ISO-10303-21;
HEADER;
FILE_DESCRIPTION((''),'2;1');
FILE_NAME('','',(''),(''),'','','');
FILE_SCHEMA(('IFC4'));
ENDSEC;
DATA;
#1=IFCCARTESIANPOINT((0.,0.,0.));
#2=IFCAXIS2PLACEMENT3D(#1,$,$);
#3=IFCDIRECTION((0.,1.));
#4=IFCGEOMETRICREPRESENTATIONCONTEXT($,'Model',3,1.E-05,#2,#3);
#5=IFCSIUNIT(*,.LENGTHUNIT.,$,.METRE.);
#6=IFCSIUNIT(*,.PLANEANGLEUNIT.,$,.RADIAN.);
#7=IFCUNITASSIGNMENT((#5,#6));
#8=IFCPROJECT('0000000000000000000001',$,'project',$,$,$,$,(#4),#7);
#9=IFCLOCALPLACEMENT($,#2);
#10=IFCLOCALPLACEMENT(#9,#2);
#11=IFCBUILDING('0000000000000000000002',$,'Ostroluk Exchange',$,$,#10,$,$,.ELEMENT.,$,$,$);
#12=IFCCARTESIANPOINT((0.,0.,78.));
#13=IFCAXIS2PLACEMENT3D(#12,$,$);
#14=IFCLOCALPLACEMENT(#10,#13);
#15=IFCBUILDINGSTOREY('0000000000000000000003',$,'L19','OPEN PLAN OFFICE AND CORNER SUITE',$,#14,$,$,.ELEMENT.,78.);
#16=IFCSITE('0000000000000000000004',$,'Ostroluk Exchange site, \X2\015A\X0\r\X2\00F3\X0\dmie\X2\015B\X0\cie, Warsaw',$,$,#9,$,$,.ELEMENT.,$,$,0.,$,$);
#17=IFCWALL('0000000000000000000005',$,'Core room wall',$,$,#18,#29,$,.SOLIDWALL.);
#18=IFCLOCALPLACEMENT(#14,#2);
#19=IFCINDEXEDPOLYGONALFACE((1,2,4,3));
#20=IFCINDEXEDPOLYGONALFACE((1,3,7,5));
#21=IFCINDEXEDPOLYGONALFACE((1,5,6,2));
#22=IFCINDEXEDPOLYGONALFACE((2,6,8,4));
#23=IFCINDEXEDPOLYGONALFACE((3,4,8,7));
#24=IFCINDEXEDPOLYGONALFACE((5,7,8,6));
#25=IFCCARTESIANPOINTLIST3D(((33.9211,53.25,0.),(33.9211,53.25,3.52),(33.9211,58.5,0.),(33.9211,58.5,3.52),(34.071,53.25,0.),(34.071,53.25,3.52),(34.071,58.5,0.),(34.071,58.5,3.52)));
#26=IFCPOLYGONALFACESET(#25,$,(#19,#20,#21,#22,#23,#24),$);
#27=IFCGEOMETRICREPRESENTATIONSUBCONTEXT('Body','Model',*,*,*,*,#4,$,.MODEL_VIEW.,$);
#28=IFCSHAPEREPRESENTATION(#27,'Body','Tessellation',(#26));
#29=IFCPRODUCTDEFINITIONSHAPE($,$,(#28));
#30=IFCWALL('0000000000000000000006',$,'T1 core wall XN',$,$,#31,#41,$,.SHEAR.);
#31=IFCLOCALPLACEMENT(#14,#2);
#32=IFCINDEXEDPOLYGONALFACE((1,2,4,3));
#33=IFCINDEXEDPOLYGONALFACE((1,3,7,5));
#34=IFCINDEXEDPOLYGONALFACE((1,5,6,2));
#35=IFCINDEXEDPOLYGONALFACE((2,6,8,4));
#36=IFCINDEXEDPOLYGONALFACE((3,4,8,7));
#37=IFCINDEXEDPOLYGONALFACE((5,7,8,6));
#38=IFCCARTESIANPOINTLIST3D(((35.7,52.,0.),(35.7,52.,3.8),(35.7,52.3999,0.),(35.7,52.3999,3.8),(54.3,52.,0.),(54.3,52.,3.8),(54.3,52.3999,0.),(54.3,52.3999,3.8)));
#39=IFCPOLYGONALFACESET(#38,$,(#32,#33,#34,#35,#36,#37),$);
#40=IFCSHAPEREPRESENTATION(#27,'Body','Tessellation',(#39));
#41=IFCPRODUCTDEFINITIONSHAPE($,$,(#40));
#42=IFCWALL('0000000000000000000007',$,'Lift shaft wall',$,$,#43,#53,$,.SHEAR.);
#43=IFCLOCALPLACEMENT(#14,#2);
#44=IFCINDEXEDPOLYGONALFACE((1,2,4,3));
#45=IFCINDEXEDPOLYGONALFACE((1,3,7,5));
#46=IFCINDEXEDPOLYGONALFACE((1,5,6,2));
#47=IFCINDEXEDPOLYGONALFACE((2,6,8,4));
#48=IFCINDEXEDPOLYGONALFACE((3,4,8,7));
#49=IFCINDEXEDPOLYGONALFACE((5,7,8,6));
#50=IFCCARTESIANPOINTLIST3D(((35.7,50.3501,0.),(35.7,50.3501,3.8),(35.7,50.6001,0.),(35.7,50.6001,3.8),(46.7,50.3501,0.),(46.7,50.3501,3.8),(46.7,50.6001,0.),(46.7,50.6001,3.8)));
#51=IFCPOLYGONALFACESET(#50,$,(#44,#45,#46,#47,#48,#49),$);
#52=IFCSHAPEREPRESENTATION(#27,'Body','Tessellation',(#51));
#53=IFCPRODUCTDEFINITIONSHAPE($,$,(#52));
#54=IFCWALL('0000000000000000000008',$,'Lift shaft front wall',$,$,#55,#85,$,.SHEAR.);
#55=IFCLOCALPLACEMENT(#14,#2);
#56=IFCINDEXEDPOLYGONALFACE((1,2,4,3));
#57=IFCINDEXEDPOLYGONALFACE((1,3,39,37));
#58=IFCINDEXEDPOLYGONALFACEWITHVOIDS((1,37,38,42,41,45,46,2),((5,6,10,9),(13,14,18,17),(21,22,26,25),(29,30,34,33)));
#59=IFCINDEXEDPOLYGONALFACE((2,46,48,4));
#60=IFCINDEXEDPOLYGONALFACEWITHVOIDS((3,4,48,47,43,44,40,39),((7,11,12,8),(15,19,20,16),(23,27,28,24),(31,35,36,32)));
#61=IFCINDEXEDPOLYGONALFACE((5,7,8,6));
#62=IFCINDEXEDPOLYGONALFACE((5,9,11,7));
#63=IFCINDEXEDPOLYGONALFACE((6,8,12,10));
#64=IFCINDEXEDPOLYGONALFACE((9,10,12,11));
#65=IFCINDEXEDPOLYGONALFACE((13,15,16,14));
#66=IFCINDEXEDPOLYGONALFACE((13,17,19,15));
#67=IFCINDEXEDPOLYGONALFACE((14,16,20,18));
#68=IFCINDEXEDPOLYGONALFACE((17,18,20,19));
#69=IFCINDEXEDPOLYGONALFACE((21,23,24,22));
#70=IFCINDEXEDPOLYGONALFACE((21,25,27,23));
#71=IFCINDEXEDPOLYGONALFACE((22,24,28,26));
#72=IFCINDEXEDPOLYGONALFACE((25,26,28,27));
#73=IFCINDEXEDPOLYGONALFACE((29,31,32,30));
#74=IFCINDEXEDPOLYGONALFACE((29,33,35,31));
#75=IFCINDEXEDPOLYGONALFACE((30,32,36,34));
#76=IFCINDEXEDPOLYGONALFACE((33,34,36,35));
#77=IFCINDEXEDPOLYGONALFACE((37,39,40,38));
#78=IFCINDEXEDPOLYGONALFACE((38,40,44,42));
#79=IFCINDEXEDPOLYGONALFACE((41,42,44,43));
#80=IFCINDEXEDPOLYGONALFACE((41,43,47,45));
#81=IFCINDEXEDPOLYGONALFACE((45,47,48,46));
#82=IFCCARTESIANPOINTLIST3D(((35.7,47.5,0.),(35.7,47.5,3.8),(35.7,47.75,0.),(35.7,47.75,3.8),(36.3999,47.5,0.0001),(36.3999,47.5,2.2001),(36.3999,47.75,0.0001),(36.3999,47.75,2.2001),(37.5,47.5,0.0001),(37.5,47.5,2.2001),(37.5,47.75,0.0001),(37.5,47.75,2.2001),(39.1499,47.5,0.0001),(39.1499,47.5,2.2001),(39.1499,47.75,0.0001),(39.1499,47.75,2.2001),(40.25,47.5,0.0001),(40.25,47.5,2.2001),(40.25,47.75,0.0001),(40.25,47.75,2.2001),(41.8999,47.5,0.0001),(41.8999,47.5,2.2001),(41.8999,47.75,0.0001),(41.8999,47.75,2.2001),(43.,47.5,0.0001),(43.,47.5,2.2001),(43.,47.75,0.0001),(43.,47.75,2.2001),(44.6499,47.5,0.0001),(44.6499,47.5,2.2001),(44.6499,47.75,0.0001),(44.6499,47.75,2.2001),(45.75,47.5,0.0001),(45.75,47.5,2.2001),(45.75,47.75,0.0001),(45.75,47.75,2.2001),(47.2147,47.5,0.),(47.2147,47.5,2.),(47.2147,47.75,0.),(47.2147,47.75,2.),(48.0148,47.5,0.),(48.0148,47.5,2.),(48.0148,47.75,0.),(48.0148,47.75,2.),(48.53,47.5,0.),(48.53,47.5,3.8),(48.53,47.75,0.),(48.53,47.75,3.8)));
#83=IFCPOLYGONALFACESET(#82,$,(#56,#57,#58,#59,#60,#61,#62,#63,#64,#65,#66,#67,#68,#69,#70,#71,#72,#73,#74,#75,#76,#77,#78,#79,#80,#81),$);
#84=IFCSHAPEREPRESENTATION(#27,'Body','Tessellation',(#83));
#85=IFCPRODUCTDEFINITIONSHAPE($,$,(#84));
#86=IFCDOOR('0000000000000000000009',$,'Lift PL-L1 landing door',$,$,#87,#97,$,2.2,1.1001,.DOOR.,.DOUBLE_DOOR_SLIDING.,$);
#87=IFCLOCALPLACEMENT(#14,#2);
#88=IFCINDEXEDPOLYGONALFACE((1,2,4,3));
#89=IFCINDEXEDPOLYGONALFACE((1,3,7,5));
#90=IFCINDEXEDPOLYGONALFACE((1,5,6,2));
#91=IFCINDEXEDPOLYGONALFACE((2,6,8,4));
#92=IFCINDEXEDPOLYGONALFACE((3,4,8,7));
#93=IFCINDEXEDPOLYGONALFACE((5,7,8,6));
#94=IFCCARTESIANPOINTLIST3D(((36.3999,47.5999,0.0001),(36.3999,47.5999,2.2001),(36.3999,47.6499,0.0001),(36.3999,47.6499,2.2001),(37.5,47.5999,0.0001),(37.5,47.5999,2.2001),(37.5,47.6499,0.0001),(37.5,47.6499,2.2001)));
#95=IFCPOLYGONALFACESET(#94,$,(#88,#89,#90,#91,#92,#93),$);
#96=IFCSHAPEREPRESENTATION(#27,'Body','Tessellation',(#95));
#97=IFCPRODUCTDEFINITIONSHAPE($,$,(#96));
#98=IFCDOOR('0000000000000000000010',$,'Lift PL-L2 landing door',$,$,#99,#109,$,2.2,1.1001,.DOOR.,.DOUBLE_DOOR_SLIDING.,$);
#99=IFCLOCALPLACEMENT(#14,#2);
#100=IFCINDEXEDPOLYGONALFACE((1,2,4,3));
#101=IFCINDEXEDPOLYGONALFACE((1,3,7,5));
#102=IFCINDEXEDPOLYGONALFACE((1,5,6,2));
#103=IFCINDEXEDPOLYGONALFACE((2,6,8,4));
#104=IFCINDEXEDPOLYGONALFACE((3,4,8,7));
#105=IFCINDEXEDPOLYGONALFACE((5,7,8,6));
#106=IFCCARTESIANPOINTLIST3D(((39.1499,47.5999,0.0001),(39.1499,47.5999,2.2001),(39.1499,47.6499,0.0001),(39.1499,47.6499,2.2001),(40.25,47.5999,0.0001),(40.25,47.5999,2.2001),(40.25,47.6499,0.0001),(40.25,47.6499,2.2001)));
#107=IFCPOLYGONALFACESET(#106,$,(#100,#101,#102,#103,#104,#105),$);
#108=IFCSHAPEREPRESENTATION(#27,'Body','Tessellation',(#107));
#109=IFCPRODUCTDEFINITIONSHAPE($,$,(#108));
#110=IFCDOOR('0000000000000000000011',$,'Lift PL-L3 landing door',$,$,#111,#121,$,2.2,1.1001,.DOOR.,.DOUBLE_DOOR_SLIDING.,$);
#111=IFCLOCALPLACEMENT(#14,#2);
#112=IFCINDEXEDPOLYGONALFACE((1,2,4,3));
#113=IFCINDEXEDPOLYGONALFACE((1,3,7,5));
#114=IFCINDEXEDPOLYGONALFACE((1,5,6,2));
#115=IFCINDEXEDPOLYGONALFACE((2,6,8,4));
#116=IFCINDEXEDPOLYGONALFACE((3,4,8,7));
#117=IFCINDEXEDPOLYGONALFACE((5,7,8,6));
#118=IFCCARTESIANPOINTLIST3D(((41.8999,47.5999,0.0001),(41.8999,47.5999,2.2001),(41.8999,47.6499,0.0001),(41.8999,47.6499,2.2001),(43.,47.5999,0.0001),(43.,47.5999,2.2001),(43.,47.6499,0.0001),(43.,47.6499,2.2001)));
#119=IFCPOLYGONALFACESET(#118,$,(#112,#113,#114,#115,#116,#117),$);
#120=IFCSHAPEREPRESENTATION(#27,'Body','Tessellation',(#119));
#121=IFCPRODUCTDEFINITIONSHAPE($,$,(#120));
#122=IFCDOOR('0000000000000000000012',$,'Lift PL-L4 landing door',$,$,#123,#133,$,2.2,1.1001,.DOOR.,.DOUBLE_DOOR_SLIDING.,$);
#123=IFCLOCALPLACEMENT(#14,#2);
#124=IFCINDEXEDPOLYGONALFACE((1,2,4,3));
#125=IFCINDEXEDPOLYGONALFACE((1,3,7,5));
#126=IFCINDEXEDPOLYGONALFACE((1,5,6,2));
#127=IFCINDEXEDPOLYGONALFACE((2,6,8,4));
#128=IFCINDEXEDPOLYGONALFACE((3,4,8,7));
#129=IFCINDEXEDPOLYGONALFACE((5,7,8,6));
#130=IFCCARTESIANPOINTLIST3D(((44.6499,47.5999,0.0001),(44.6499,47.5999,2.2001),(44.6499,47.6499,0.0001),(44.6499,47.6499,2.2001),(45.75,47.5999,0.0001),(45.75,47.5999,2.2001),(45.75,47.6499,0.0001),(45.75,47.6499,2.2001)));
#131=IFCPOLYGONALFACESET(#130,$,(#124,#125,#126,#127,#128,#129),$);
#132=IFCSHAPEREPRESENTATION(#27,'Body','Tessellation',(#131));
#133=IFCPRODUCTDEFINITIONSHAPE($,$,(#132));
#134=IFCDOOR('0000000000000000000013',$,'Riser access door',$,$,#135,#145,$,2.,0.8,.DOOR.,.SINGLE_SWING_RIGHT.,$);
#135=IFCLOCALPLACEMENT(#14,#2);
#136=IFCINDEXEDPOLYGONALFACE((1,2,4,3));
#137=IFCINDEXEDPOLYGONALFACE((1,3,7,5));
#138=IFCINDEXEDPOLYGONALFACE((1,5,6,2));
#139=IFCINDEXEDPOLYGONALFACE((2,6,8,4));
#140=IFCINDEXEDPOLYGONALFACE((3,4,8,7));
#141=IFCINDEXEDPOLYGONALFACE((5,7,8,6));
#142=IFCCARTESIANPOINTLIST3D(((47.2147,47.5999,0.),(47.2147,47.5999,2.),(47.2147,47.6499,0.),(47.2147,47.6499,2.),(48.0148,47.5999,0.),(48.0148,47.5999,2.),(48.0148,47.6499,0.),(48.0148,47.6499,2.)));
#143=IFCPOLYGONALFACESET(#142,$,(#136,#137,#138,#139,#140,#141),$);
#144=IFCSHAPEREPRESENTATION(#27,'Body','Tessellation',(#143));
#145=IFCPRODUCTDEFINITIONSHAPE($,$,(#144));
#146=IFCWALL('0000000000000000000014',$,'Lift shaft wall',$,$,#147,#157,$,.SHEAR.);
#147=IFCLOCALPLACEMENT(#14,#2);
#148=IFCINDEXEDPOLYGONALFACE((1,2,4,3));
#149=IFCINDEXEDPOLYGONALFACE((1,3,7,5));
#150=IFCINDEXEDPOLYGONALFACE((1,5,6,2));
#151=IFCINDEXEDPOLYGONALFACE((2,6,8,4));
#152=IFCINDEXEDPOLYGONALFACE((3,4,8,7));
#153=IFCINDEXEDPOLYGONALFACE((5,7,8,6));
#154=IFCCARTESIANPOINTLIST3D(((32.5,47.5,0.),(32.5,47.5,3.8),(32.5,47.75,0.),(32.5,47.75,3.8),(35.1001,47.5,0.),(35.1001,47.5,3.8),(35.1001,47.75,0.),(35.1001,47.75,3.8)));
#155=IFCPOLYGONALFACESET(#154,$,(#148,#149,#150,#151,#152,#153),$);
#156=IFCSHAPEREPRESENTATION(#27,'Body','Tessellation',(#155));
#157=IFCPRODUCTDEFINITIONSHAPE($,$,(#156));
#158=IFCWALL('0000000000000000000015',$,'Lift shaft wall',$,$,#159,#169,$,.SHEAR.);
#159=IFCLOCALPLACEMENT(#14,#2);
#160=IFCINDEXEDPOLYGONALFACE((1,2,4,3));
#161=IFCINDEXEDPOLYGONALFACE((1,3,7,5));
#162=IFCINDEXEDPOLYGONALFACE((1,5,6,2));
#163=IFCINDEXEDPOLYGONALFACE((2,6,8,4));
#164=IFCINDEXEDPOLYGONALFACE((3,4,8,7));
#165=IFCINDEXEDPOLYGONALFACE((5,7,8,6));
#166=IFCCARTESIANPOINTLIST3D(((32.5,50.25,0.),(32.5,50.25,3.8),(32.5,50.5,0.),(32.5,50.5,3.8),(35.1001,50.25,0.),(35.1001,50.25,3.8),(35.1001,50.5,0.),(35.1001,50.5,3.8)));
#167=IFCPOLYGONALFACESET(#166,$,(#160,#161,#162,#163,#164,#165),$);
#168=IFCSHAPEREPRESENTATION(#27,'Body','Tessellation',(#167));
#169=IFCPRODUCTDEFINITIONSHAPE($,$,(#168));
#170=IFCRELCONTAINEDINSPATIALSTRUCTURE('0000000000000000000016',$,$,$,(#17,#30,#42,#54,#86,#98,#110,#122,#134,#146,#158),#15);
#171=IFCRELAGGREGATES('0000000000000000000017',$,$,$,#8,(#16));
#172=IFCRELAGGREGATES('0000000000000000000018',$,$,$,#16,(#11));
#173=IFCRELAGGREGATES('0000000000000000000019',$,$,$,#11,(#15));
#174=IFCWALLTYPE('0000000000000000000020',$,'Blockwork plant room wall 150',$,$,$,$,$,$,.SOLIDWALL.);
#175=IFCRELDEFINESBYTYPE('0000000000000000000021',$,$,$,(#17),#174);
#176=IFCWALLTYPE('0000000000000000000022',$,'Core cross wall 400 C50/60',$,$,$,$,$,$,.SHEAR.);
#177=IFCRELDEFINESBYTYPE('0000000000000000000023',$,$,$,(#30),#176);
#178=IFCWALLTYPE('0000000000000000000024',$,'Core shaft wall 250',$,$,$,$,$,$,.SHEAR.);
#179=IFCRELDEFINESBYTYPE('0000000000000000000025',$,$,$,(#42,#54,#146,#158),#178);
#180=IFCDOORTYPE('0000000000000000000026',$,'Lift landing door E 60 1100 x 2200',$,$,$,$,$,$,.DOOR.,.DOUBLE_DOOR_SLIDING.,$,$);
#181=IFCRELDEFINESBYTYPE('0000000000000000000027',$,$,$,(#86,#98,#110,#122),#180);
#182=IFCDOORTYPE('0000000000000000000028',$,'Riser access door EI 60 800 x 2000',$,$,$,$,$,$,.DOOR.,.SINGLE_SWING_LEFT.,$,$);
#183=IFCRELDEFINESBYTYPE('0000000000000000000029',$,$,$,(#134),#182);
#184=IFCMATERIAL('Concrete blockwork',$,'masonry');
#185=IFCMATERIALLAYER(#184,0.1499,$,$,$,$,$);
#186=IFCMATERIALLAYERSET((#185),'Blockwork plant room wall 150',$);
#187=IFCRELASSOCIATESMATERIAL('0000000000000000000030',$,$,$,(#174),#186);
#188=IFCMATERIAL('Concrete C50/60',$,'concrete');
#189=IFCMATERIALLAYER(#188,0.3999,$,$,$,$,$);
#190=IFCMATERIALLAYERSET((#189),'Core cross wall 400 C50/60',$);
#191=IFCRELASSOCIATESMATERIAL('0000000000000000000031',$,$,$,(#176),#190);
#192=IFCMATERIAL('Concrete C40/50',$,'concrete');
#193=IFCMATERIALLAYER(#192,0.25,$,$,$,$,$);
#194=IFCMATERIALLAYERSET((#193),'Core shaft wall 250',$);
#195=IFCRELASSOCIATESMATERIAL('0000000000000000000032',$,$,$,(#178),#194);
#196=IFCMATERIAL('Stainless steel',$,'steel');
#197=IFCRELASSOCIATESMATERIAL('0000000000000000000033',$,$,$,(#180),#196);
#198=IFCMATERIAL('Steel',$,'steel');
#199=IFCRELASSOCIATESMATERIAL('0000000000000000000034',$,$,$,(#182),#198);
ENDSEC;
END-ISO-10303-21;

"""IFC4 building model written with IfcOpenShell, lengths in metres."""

from ifc_helpers import new_model, si_unit, direction, frame, frame_2d, origin, place, context, subcontext, project, spatial, rectangle, extrude, material, layer, layer_set, type_object, element, fill, save


model = new_model("IFC4")

# Units and contexts
model_context = context("Model", 3, precision=1e-05, world=origin(), true_north=direction((0.0, 1.0)))
body_context = subcontext(model_context, "Body", "Model", "MODEL_VIEW")
ifc_project = project(units=[si_unit("LENGTHUNIT", "METRE"), si_unit("PLANEANGLEUNIT", "RADIAN")], contexts=[model_context])

# Site, building, storey
site_placement = place(None, origin())
site = spatial("IfcSite", under=ifc_project, at=site_placement, Name="Ostroluk Exchange site, Śródmieście, Warsaw", CompositionType="ELEMENT", RefElevation=0.0)
building_placement = place(site_placement, origin())
building = spatial("IfcBuilding", under=site, at=building_placement, Name="Ostroluk Exchange", CompositionType="ELEMENT")
storey_placement = place(building_placement, frame((0.0, 0.0, 78.0)))
storey = spatial("IfcBuildingStorey", under=building, at=storey_placement, Name="L19", Description="OPEN PLAN OFFICE AND CORNER SUITE", CompositionType="ELEMENT", Elevation=78.0)

# Walls
ifc_material_1 = material(Name="Concrete blockwork", Category="masonry")
ifc_layer_1 = layer(ifc_material_1, 0.1499)
ifc_layer_set_1 = layer_set([ifc_layer_1], Name="Blockwork plant room wall 150")
wall_type_1 = type_object("IfcWallType", Name="Blockwork plant room wall 150", PredefinedType="SOLIDWALL", material=ifc_layer_set_1)
wall_1_placement = place(storey_placement, frame((33.9961, 53.25, 0.0), z_axis=(0.0, 0.0, 1.0), x_axis=(0.0, 1.0, 0.0)))
element("IfcWall", 1, at=wall_1_placement, inside=storey, type_object=wall_type_1, Name="Core room wall", PredefinedType="SOLIDWALL", context=body_context, shape_type="SweptSolid", body=[
    extrude(rectangle(XDim=5.25, YDim=0.1499, at=frame_2d((2.625, 0.0))), origin(), (0.0, 0.0, 1.0), 3.52),
])
ifc_material_2 = material(Name="Concrete C50/60", Category="concrete")
ifc_layer_2 = layer(ifc_material_2, 0.3999)
ifc_layer_set_2 = layer_set([ifc_layer_2], Name="Core cross wall 400 C50/60")
wall_type_2 = type_object("IfcWallType", Name="Core cross wall 400 C50/60", PredefinedType="SHEAR", material=ifc_layer_set_2)
wall_2_placement = place(storey_placement, frame((35.7, 52.2, 0.0), z_axis=(0.0, 0.0, 1.0), x_axis=(1.0, 0.0, 0.0)))
element("IfcWall", 2, at=wall_2_placement, inside=storey, type_object=wall_type_2, Name="T1 core wall XN", PredefinedType="SHEAR", context=body_context, shape_type="SweptSolid", body=[
    extrude(rectangle(XDim=18.6001, YDim=0.3999, at=frame_2d((9.3, 0.0))), origin(), (0.0, 0.0, 1.0), 3.8),
])
ifc_material_3 = material(Name="Concrete C40/50", Category="concrete")
ifc_layer_3 = layer(ifc_material_3, 0.25)
ifc_layer_set_3 = layer_set([ifc_layer_3], Name="Core shaft wall 250")
wall_type_3 = type_object("IfcWallType", Name="Core shaft wall 250", PredefinedType="SHEAR", material=ifc_layer_set_3)
wall_3_placement = place(storey_placement, frame((35.7, 50.4751, 0.0), z_axis=(0.0, 0.0, 1.0), x_axis=(1.0, 0.0, 0.0)))
element("IfcWall", 3, at=wall_3_placement, inside=storey, type_object=wall_type_3, Name="Lift shaft wall", PredefinedType="SHEAR", context=body_context, shape_type="SweptSolid", body=[
    extrude(rectangle(XDim=11.0, YDim=0.25, at=frame_2d((5.5, 0.0))), origin(), (0.0, 0.0, 1.0), 3.8),
])

# Wall, openings, doors
wall_4_placement = place(storey_placement, frame((35.7, 47.625, 0.0), z_axis=(0.0, 0.0, 1.0), x_axis=(1.0, 0.0, 0.0)))
wall_4 = element("IfcWall", 4, at=wall_4_placement, inside=storey, type_object=wall_type_3, Name="Lift shaft front wall", PredefinedType="SHEAR", context=body_context, shape_type="SweptSolid", body=[
    extrude(rectangle(XDim=12.8301, YDim=0.25, at=frame_2d((6.415, 0.0))), origin(), (0.0, 0.0, 1.0), 3.8),
])
opening_1_placement = place(wall_4_placement, frame((0.7, 0.0, 0.0)))
opening_1 = element("IfcOpeningElement", 5, at=opening_1_placement, cuts=wall_4, PredefinedType="OPENING", context=body_context, shape_type="SweptSolid", body=[
    extrude(rectangle(XDim=1.1001, YDim=2.2, at=frame_2d((0.55, 1.1001))), frame((0.0, 0.135, 0.0), z_axis=(0.0, -1.0, 0.0), x_axis=(1.0, 0.0, 0.0)), (0.0, 0.0, 1.0), 0.27),
])
opening_2_placement = place(wall_4_placement, frame((3.45, 0.0, 0.0)))
opening_2 = element("IfcOpeningElement", 6, at=opening_2_placement, cuts=wall_4, PredefinedType="OPENING", context=body_context, shape_type="SweptSolid", body=[
    extrude(rectangle(XDim=1.1001, YDim=2.2, at=frame_2d((0.55, 1.1001))), frame((0.0, 0.135, 0.0), z_axis=(0.0, -1.0, 0.0), x_axis=(1.0, 0.0, 0.0)), (0.0, 0.0, 1.0), 0.27),
])
opening_3_placement = place(wall_4_placement, frame((6.2, 0.0, 0.0)))
opening_3 = element("IfcOpeningElement", 7, at=opening_3_placement, cuts=wall_4, PredefinedType="OPENING", context=body_context, shape_type="SweptSolid", body=[
    extrude(rectangle(XDim=1.1001, YDim=2.2, at=frame_2d((0.55, 1.1001))), frame((0.0, 0.135, 0.0), z_axis=(0.0, -1.0, 0.0), x_axis=(1.0, 0.0, 0.0)), (0.0, 0.0, 1.0), 0.27),
])
opening_4_placement = place(wall_4_placement, frame((8.95, 0.0, 0.0)))
opening_4 = element("IfcOpeningElement", 8, at=opening_4_placement, cuts=wall_4, PredefinedType="OPENING", context=body_context, shape_type="SweptSolid", body=[
    extrude(rectangle(XDim=1.1001, YDim=2.2, at=frame_2d((0.55, 1.1001))), frame((0.0, 0.135, 0.0), z_axis=(0.0, -1.0, 0.0), x_axis=(1.0, 0.0, 0.0)), (0.0, 0.0, 1.0), 0.27),
])
opening_5_placement = place(wall_4_placement, frame((11.5149, 0.0, 0.0)))
opening_5 = element("IfcOpeningElement", 9, at=opening_5_placement, cuts=wall_4, PredefinedType="OPENING", context=body_context, shape_type="SweptSolid", body=[
    extrude(rectangle(XDim=0.8, YDim=2.0, at=frame_2d((0.3999, 1.0))), frame((0.0, 0.135, 0.0), z_axis=(0.0, -1.0, 0.0), x_axis=(1.0, 0.0, 0.0)), (0.0, 0.0, 1.0), 0.27),
])
ifc_material_4 = material(Name="Stainless steel", Category="steel")
door_type_1 = type_object("IfcDoorType", Name="Lift landing door E 60 1100 x 2200", OperationType="DOUBLE_DOOR_SLIDING", PredefinedType="DOOR", material=ifc_material_4)
door_1_placement = place(opening_1_placement, origin())
door_1 = element("IfcDoor", 10, at=door_1_placement, inside=storey, type_object=door_type_1, Name="Lift PL-L1 landing door", OperationType="DOUBLE_DOOR_SLIDING", OverallHeight=2.2, OverallWidth=1.1001, PredefinedType="DOOR", context=body_context, shape_type="SweptSolid", body=[
    extrude(rectangle(XDim=1.1001, YDim=2.2, at=frame_2d((0.55, 1.1001))), frame((0.0, 0.0249, 0.0), z_axis=(0.0, -1.0, 0.0), x_axis=(1.0, 0.0, 0.0)), (0.0, 0.0, 1.0), 0.05),
])
fill(opening_1, door_1)
door_2_placement = place(opening_2_placement, origin())
door_2 = element("IfcDoor", 11, at=door_2_placement, inside=storey, type_object=door_type_1, Name="Lift PL-L2 landing door", OperationType="DOUBLE_DOOR_SLIDING", OverallHeight=2.2, OverallWidth=1.1001, PredefinedType="DOOR", context=body_context, shape_type="SweptSolid", body=[
    extrude(rectangle(XDim=1.1001, YDim=2.2, at=frame_2d((0.55, 1.1001))), frame((0.0, 0.0249, 0.0), z_axis=(0.0, -1.0, 0.0), x_axis=(1.0, 0.0, 0.0)), (0.0, 0.0, 1.0), 0.05),
])
fill(opening_2, door_2)
door_3_placement = place(opening_3_placement, origin())
door_3 = element("IfcDoor", 12, at=door_3_placement, inside=storey, type_object=door_type_1, Name="Lift PL-L3 landing door", OperationType="DOUBLE_DOOR_SLIDING", OverallHeight=2.2, OverallWidth=1.1001, PredefinedType="DOOR", context=body_context, shape_type="SweptSolid", body=[
    extrude(rectangle(XDim=1.1001, YDim=2.2, at=frame_2d((0.55, 1.1001))), frame((0.0, 0.0249, 0.0), z_axis=(0.0, -1.0, 0.0), x_axis=(1.0, 0.0, 0.0)), (0.0, 0.0, 1.0), 0.05),
])
fill(opening_3, door_3)
door_4_placement = place(opening_4_placement, origin())
door_4 = element("IfcDoor", 13, at=door_4_placement, inside=storey, type_object=door_type_1, Name="Lift PL-L4 landing door", OperationType="DOUBLE_DOOR_SLIDING", OverallHeight=2.2, OverallWidth=1.1001, PredefinedType="DOOR", context=body_context, shape_type="SweptSolid", body=[
    extrude(rectangle(XDim=1.1001, YDim=2.2, at=frame_2d((0.55, 1.1001))), frame((0.0, 0.0249, 0.0), z_axis=(0.0, -1.0, 0.0), x_axis=(1.0, 0.0, 0.0)), (0.0, 0.0, 1.0), 0.05),
])
fill(opening_4, door_4)
ifc_material_5 = material(Name="Steel", Category="steel")
door_type_2 = type_object("IfcDoorType", Name="Riser access door EI 60 800 x 2000", OperationType="SINGLE_SWING_LEFT", PredefinedType="DOOR", material=ifc_material_5)
door_5_placement = place(opening_5_placement, origin())
door_5 = element("IfcDoor", 14, at=door_5_placement, inside=storey, type_object=door_type_2, Name="Riser access door", OperationType="SINGLE_SWING_RIGHT", OverallHeight=2.0, OverallWidth=0.8, PredefinedType="DOOR", context=body_context, shape_type="SweptSolid", body=[
    extrude(rectangle(XDim=0.8, YDim=2.0, at=frame_2d((0.3999, 1.0))), frame((0.0, 0.0249, 0.0), z_axis=(0.0, -1.0, 0.0), x_axis=(1.0, 0.0, 0.0)), (0.0, 0.0, 1.0), 0.05),
])
fill(opening_5, door_5)

# Walls
for number, where, z_axis, x_axis, name in (
    (15, (32.5, 47.625, 0.0), (0.0, 0.0, 1.0), (1.0, 0.0, 0.0), "Lift shaft wall"),
    (16, (32.5, 50.375, 0.0), (0.0, 0.0, 1.0), (1.0, 0.0, 0.0), "Lift shaft wall"),
):
    element("IfcWall", number, at=place(storey_placement, frame(where, z_axis=z_axis, x_axis=x_axis)), inside=storey, type_object=wall_type_3, Name=name, PredefinedType="SHEAR", context=body_context, shape_type="SweptSolid", body=[
        extrude(rectangle(XDim=2.6001, YDim=0.25, at=frame_2d((1.3, 0.0))), origin(), (0.0, 0.0, 1.0), 3.8),
    ])

save(model, "model.ifc")
